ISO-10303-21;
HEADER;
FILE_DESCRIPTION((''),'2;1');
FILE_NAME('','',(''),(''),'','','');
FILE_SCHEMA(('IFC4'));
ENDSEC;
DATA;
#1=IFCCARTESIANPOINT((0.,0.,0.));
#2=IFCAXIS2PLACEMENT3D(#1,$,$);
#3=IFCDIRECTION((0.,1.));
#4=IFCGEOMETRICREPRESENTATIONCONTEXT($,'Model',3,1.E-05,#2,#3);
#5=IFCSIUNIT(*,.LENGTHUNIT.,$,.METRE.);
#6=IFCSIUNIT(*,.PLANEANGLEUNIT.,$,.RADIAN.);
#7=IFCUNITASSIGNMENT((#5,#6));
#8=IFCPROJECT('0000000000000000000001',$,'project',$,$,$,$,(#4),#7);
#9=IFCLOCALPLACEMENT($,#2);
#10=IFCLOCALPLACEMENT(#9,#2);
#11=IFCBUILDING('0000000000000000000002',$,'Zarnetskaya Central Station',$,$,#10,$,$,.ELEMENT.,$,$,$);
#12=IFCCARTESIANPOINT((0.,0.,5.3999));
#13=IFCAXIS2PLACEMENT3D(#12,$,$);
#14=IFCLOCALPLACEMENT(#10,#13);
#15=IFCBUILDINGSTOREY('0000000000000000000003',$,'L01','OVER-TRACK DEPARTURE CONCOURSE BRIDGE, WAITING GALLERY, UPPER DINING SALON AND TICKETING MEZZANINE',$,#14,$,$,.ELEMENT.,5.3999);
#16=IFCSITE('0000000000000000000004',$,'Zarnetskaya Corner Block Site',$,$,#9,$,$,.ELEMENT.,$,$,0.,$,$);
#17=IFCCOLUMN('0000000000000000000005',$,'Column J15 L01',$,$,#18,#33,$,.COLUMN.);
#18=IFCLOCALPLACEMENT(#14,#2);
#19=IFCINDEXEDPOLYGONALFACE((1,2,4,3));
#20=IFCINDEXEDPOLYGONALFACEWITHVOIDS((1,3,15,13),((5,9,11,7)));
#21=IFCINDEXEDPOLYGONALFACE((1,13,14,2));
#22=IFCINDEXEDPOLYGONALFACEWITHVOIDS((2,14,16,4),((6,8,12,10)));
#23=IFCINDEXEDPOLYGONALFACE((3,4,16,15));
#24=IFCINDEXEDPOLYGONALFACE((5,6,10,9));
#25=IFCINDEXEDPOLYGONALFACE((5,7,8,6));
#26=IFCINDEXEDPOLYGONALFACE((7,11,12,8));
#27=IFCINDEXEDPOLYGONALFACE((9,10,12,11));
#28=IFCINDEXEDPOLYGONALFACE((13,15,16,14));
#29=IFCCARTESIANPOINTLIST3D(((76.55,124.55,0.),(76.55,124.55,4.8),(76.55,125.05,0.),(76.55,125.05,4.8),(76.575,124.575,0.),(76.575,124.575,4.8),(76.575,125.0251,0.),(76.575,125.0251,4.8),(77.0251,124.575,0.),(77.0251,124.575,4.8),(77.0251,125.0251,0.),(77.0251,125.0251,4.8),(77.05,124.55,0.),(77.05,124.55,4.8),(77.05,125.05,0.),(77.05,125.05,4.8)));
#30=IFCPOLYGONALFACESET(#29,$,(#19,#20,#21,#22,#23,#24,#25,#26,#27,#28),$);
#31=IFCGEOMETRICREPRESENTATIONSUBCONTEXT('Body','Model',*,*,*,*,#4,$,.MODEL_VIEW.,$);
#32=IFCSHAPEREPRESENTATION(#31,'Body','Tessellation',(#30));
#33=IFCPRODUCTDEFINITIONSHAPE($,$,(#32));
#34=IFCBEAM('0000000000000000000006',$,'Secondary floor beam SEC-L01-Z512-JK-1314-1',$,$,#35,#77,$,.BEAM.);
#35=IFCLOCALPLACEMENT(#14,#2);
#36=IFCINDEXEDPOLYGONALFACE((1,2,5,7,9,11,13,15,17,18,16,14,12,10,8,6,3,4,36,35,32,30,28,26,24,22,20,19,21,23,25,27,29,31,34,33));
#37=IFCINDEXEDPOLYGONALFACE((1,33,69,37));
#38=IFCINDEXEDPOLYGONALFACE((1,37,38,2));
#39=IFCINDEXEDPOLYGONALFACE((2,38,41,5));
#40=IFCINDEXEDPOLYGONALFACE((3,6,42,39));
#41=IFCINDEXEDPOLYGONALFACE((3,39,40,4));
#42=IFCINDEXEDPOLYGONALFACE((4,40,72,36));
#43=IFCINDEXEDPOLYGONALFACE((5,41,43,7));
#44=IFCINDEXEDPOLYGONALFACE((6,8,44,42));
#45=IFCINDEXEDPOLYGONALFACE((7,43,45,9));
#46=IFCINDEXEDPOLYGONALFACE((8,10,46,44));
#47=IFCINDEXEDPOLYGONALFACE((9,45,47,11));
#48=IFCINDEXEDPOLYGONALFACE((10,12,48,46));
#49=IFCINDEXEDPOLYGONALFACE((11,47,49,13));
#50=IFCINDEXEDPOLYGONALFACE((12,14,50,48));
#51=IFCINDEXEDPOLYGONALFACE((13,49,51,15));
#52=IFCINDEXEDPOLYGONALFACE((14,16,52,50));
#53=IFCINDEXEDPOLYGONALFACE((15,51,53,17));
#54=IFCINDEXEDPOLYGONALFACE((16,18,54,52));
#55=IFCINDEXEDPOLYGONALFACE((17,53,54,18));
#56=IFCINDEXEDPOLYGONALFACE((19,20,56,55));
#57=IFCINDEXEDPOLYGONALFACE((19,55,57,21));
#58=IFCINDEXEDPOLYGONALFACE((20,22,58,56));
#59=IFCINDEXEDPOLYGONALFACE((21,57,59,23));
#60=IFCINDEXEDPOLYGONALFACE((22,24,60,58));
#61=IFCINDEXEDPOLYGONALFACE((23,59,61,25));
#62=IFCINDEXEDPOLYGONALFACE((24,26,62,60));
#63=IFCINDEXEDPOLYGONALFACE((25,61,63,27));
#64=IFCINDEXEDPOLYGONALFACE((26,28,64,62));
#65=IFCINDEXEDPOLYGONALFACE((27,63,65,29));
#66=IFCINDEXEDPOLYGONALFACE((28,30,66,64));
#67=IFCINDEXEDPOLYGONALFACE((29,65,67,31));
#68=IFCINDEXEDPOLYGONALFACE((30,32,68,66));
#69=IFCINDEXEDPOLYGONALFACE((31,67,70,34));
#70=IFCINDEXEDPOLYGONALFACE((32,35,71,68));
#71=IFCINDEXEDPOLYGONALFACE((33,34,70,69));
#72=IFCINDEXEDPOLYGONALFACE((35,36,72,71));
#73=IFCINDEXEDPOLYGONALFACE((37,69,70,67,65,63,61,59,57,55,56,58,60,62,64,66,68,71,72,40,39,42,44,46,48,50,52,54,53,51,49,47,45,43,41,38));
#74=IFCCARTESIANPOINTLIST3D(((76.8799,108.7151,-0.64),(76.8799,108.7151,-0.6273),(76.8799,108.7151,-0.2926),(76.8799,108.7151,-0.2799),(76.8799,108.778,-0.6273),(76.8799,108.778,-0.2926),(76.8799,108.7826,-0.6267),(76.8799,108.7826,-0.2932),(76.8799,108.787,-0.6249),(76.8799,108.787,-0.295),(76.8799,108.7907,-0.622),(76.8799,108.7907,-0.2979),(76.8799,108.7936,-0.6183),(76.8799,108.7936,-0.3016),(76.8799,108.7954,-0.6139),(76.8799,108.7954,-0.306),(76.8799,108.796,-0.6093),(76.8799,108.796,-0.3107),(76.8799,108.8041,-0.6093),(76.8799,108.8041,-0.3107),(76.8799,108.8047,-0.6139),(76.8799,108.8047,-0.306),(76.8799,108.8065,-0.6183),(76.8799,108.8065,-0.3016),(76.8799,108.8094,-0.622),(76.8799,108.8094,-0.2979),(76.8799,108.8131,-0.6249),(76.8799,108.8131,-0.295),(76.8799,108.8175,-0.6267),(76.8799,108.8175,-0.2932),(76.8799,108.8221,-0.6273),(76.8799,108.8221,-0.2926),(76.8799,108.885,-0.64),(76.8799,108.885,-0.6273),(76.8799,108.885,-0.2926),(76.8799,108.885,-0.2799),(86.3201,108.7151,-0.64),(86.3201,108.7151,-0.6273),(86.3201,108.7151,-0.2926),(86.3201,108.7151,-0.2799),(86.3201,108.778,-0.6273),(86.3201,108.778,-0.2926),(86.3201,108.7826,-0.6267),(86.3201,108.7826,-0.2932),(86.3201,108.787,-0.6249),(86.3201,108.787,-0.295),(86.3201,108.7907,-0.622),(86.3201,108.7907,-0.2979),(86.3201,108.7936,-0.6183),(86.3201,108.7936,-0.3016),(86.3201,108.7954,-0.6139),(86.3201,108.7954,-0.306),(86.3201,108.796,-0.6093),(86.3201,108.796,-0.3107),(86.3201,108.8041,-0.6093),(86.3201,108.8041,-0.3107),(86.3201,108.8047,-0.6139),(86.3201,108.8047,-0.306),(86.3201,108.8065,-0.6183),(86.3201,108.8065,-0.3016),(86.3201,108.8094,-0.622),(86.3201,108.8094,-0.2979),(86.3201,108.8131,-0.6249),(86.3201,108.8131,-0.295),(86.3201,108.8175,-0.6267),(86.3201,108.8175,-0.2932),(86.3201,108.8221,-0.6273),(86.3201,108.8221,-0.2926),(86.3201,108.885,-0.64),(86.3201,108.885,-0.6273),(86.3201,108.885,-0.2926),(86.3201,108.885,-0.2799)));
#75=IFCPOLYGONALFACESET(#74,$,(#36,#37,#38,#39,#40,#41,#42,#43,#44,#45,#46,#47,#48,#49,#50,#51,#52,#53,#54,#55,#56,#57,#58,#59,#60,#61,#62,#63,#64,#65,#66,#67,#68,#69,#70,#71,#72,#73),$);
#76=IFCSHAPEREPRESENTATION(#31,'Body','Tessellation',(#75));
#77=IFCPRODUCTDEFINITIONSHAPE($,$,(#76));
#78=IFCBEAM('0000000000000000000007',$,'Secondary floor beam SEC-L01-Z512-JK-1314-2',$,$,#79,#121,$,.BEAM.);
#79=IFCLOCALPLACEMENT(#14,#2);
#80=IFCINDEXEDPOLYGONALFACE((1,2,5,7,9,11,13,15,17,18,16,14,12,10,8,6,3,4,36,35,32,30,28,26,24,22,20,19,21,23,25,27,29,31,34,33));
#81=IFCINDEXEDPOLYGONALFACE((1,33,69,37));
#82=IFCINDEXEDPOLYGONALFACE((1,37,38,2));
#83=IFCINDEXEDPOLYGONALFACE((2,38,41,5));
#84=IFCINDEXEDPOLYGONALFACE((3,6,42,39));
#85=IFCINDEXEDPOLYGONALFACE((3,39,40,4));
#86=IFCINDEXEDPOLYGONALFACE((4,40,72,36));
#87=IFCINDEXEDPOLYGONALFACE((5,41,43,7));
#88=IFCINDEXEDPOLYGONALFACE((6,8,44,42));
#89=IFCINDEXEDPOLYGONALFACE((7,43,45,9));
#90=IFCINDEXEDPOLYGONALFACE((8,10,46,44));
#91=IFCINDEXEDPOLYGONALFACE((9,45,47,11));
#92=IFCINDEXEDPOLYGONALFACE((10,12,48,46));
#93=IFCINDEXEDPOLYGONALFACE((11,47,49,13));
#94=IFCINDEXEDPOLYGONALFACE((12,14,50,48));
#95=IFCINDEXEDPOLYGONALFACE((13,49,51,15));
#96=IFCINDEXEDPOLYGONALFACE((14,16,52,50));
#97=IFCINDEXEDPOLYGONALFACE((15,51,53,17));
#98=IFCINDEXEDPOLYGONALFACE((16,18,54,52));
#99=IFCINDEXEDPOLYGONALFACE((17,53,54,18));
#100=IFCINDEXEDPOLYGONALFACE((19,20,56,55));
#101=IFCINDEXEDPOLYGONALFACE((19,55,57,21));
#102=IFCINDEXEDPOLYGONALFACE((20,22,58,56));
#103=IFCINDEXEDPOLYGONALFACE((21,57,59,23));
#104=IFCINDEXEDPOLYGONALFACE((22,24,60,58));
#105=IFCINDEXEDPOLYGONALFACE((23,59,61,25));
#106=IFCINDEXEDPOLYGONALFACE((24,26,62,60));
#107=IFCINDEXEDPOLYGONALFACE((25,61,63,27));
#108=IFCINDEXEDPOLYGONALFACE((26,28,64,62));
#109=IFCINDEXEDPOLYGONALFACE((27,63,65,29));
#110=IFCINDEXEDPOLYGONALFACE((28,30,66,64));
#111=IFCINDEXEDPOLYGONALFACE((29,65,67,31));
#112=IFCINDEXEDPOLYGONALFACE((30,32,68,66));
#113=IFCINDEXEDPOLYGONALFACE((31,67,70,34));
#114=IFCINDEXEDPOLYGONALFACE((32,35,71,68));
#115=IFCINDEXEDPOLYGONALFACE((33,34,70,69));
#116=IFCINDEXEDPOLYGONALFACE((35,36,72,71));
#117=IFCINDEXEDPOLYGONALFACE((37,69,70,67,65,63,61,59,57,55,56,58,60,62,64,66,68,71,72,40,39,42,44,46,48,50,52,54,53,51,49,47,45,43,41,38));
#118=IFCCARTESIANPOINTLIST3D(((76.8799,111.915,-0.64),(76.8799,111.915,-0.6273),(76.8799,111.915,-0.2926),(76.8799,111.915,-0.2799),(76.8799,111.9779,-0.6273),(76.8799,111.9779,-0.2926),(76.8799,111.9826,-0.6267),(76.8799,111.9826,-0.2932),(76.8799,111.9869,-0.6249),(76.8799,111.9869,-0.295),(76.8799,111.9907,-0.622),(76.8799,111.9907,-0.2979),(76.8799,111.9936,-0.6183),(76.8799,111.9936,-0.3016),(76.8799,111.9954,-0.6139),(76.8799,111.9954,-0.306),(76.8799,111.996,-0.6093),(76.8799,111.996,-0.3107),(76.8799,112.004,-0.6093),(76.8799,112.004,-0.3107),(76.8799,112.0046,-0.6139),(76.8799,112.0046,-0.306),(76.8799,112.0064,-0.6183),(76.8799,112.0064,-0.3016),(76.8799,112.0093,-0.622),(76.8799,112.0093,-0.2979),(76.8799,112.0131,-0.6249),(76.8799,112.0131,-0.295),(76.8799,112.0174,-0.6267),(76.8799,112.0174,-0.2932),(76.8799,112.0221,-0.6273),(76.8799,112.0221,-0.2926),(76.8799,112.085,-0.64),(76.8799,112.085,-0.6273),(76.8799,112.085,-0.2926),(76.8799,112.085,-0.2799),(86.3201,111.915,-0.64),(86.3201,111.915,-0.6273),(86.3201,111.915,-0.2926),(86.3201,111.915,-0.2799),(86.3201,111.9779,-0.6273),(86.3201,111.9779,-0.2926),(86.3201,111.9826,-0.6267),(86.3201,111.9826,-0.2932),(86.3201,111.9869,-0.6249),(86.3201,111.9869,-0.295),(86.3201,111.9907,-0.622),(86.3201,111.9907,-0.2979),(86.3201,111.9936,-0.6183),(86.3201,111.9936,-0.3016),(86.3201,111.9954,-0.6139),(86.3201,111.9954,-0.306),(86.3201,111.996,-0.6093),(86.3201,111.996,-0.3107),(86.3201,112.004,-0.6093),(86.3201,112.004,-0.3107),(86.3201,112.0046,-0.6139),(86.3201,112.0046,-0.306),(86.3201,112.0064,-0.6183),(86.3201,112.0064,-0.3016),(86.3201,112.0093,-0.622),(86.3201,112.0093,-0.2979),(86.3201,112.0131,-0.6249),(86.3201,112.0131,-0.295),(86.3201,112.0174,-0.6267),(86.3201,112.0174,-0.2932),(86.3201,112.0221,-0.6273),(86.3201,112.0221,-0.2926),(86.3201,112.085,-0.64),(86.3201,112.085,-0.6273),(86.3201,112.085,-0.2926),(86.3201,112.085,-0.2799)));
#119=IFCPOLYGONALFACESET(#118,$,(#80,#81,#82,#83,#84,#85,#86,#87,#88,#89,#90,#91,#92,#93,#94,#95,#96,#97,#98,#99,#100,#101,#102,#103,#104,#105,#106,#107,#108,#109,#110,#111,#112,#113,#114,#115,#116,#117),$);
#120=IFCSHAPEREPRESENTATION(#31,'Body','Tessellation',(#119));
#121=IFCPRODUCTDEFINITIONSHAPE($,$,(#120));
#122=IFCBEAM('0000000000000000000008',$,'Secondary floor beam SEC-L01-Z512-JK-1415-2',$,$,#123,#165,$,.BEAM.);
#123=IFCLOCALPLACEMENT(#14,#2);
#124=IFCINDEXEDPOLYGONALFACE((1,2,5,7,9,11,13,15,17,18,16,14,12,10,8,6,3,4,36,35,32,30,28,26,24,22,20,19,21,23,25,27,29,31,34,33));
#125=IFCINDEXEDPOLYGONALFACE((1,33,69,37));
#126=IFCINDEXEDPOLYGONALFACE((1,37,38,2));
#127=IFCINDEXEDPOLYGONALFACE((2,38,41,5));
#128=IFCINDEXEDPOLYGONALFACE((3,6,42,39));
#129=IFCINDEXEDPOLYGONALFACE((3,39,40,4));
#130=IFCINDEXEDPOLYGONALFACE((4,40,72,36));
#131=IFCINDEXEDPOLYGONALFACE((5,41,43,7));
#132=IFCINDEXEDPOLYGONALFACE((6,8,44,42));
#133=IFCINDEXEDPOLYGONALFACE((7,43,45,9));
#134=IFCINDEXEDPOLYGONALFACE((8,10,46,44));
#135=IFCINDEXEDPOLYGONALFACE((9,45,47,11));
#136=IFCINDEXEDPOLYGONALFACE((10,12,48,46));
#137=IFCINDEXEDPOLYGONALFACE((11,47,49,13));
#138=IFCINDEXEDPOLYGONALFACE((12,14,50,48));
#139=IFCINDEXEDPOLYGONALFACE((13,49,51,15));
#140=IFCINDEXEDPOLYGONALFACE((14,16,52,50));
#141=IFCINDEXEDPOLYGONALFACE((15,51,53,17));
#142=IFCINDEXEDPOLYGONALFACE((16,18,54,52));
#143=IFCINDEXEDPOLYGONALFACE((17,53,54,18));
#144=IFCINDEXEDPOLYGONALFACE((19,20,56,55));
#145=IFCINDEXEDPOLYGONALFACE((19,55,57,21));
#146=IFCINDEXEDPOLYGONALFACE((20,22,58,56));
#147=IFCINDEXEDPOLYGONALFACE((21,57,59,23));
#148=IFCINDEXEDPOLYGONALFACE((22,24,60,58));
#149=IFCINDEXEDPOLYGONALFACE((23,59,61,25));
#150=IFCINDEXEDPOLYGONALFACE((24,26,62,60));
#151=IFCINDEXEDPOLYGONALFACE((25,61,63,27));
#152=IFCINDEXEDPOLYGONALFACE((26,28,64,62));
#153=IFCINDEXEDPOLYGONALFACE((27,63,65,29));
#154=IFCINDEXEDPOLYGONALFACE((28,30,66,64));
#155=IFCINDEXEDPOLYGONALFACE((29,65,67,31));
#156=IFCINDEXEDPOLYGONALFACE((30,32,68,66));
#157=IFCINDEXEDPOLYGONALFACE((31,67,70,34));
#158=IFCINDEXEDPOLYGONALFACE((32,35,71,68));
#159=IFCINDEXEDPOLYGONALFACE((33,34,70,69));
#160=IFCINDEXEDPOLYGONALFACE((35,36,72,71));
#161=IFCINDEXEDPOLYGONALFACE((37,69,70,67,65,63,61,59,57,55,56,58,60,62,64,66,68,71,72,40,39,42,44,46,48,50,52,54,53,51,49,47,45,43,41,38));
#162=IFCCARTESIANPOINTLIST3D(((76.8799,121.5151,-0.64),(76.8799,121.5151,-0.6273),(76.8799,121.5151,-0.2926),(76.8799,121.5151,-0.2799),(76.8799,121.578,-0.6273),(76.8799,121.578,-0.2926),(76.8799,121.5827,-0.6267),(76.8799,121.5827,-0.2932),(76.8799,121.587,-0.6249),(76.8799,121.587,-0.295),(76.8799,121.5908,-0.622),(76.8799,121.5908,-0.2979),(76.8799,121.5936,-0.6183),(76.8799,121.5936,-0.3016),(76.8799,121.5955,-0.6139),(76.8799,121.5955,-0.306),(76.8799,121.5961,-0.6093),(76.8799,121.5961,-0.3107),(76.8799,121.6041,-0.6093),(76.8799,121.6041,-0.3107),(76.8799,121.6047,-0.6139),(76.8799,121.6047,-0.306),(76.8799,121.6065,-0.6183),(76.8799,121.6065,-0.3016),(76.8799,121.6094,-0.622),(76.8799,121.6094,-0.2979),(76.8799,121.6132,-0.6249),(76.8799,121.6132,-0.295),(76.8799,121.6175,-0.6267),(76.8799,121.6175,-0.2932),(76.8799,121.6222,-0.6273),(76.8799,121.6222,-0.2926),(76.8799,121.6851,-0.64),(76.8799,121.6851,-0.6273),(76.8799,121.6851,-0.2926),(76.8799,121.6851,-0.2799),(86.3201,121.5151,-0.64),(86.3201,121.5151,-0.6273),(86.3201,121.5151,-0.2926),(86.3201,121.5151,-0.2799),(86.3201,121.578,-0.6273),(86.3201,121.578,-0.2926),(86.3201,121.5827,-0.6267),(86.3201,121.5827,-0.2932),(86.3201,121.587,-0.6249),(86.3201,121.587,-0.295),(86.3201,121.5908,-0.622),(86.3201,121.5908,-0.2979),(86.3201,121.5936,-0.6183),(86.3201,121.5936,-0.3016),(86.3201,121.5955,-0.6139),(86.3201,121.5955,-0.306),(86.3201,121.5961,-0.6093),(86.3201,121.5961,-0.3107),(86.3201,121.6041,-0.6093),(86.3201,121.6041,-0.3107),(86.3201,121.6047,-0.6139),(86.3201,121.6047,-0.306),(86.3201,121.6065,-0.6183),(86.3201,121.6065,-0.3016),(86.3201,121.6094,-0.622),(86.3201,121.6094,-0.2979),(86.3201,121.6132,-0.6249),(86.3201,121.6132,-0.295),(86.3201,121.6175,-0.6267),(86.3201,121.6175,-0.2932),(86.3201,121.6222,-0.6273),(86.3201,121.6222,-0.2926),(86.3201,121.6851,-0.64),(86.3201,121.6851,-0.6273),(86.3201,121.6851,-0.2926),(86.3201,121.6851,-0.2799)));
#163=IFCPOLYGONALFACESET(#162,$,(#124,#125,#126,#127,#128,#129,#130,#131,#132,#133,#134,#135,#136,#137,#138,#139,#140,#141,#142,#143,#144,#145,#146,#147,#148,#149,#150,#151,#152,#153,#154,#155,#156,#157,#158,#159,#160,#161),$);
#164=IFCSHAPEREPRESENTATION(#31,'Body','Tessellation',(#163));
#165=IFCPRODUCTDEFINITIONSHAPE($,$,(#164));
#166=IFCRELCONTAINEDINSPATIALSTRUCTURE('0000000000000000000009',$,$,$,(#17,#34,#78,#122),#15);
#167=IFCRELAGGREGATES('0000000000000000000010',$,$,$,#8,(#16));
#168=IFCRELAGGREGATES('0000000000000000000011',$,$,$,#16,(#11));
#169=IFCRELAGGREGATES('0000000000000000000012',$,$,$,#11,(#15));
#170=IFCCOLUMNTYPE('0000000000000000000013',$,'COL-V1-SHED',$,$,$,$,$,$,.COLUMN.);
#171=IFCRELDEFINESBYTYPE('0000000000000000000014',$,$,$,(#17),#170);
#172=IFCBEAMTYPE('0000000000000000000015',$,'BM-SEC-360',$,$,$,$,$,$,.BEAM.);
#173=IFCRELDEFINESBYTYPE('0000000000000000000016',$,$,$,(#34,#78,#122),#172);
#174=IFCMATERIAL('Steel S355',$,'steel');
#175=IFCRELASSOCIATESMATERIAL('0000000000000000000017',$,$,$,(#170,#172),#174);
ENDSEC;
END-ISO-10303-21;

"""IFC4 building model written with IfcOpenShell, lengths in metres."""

from ifc_helpers import new_model, si_unit, direction, frame, origin, origin_2d, place, context, subcontext, project, spatial, hollow_rectangle, i_section, extrude, material, material_profile, profile_set, type_object, element, save


model = new_model("IFC4")

# Units and contexts
model_context = context("Model", 3, precision=1e-05, world=origin(), true_north=direction((0.0, 1.0)))
body_context = subcontext(model_context, "Body", "Model", "MODEL_VIEW")
ifc_project = project(units=[si_unit("LENGTHUNIT", "METRE"), si_unit("PLANEANGLEUNIT", "RADIAN")], contexts=[model_context])

# Site, building, storey
site_placement = place(None, origin())
site = spatial("IfcSite", under=ifc_project, at=site_placement, Name="Zarnetskaya Corner Block Site", CompositionType="ELEMENT", RefElevation=0.0)
building_placement = place(site_placement, origin())
building = spatial("IfcBuilding", under=site, at=building_placement, Name="Zarnetskaya Central Station", CompositionType="ELEMENT")
storey_placement = place(building_placement, frame((0.0, 0.0, 5.3999)))
storey = spatial("IfcBuildingStorey", under=building, at=storey_placement, Name="L01", Description="OVER-TRACK DEPARTURE CONCOURSE BRIDGE, WAITING GALLERY, UPPER DINING SALON AND TICKETING MEZZANINE", CompositionType="ELEMENT", Elevation=5.3999)

# Column
ifc_material_1 = material(Name="Steel S355", Category="steel")
ifc_material_profile_1 = material_profile(ifc_material_1, hollow_rectangle(XDim=0.5, YDim=0.5, WallThickness=0.0249, at=origin_2d()), Name="BOX 500x500x25")
ifc_profile_set_1 = profile_set([ifc_material_profile_1], Name="Steel S355")
column_type = type_object("IfcColumnType", Name="COL-V1-SHED", PredefinedType="COLUMN", material=ifc_profile_set_1)
column_placement = place(storey_placement, frame((76.8, 124.8, 0.0), z_axis=(0.0, 0.0, 1.0), x_axis=(1.0, 0.0, 0.0)))
element("IfcColumn", 1, at=column_placement, inside=storey, type_object=column_type, Name="Column J15 L01", PredefinedType="COLUMN", context=body_context, shape_type="SweptSolid", body=[
    extrude(hollow_rectangle(XDim=0.5, YDim=0.5, WallThickness=0.0249, at=origin_2d()), origin(), (0.0, 0.0, 1.0), 4.8),
])

# Beams
ifc_material_profile_2 = material_profile(ifc_material_1, i_section(OverallWidth=0.1699, OverallDepth=0.3601, WebThickness=0.0081, FlangeThickness=0.0127, FilletRadius=0.0181, at=origin_2d()), Name="IPE 360")
ifc_profile_set_2 = profile_set([ifc_material_profile_2], Name="Steel S355")
beam_type_1 = type_object("IfcBeamType", Name="BM-SEC-360", PredefinedType="BEAM", material=ifc_profile_set_2)
for number, where, z_axis, x_axis, name in (
    (2, (76.8799, 108.8, -0.46), (1.0, 0.0, 0.0), (0.0, 1.0, 0.0), "Secondary floor beam SEC-L01-Z512-JK-1314-1"),
    (3, (76.8799, 112.0, -0.46), (1.0, 0.0, 0.0), (0.0, 1.0, 0.0), "Secondary floor beam SEC-L01-Z512-JK-1314-2"),
    (4, (76.8799, 121.6001, -0.46), (1.0, 0.0, 0.0), (0.0, 1.0, 0.0), "Secondary floor beam SEC-L01-Z512-JK-1415-2"),
):
    element("IfcBeam", number, at=place(storey_placement, frame(where, z_axis=z_axis, x_axis=x_axis)), inside=storey, type_object=beam_type_1, Name=name, PredefinedType="BEAM", context=body_context, shape_type="SweptSolid", body=[
        extrude(i_section(OverallWidth=0.1699, OverallDepth=0.3601, WebThickness=0.0081, FlangeThickness=0.0127, FilletRadius=0.0181, at=origin_2d()), origin(), (0.0, 0.0, 1.0), 9.4402),
    ])

save(model, "model.ifc")
